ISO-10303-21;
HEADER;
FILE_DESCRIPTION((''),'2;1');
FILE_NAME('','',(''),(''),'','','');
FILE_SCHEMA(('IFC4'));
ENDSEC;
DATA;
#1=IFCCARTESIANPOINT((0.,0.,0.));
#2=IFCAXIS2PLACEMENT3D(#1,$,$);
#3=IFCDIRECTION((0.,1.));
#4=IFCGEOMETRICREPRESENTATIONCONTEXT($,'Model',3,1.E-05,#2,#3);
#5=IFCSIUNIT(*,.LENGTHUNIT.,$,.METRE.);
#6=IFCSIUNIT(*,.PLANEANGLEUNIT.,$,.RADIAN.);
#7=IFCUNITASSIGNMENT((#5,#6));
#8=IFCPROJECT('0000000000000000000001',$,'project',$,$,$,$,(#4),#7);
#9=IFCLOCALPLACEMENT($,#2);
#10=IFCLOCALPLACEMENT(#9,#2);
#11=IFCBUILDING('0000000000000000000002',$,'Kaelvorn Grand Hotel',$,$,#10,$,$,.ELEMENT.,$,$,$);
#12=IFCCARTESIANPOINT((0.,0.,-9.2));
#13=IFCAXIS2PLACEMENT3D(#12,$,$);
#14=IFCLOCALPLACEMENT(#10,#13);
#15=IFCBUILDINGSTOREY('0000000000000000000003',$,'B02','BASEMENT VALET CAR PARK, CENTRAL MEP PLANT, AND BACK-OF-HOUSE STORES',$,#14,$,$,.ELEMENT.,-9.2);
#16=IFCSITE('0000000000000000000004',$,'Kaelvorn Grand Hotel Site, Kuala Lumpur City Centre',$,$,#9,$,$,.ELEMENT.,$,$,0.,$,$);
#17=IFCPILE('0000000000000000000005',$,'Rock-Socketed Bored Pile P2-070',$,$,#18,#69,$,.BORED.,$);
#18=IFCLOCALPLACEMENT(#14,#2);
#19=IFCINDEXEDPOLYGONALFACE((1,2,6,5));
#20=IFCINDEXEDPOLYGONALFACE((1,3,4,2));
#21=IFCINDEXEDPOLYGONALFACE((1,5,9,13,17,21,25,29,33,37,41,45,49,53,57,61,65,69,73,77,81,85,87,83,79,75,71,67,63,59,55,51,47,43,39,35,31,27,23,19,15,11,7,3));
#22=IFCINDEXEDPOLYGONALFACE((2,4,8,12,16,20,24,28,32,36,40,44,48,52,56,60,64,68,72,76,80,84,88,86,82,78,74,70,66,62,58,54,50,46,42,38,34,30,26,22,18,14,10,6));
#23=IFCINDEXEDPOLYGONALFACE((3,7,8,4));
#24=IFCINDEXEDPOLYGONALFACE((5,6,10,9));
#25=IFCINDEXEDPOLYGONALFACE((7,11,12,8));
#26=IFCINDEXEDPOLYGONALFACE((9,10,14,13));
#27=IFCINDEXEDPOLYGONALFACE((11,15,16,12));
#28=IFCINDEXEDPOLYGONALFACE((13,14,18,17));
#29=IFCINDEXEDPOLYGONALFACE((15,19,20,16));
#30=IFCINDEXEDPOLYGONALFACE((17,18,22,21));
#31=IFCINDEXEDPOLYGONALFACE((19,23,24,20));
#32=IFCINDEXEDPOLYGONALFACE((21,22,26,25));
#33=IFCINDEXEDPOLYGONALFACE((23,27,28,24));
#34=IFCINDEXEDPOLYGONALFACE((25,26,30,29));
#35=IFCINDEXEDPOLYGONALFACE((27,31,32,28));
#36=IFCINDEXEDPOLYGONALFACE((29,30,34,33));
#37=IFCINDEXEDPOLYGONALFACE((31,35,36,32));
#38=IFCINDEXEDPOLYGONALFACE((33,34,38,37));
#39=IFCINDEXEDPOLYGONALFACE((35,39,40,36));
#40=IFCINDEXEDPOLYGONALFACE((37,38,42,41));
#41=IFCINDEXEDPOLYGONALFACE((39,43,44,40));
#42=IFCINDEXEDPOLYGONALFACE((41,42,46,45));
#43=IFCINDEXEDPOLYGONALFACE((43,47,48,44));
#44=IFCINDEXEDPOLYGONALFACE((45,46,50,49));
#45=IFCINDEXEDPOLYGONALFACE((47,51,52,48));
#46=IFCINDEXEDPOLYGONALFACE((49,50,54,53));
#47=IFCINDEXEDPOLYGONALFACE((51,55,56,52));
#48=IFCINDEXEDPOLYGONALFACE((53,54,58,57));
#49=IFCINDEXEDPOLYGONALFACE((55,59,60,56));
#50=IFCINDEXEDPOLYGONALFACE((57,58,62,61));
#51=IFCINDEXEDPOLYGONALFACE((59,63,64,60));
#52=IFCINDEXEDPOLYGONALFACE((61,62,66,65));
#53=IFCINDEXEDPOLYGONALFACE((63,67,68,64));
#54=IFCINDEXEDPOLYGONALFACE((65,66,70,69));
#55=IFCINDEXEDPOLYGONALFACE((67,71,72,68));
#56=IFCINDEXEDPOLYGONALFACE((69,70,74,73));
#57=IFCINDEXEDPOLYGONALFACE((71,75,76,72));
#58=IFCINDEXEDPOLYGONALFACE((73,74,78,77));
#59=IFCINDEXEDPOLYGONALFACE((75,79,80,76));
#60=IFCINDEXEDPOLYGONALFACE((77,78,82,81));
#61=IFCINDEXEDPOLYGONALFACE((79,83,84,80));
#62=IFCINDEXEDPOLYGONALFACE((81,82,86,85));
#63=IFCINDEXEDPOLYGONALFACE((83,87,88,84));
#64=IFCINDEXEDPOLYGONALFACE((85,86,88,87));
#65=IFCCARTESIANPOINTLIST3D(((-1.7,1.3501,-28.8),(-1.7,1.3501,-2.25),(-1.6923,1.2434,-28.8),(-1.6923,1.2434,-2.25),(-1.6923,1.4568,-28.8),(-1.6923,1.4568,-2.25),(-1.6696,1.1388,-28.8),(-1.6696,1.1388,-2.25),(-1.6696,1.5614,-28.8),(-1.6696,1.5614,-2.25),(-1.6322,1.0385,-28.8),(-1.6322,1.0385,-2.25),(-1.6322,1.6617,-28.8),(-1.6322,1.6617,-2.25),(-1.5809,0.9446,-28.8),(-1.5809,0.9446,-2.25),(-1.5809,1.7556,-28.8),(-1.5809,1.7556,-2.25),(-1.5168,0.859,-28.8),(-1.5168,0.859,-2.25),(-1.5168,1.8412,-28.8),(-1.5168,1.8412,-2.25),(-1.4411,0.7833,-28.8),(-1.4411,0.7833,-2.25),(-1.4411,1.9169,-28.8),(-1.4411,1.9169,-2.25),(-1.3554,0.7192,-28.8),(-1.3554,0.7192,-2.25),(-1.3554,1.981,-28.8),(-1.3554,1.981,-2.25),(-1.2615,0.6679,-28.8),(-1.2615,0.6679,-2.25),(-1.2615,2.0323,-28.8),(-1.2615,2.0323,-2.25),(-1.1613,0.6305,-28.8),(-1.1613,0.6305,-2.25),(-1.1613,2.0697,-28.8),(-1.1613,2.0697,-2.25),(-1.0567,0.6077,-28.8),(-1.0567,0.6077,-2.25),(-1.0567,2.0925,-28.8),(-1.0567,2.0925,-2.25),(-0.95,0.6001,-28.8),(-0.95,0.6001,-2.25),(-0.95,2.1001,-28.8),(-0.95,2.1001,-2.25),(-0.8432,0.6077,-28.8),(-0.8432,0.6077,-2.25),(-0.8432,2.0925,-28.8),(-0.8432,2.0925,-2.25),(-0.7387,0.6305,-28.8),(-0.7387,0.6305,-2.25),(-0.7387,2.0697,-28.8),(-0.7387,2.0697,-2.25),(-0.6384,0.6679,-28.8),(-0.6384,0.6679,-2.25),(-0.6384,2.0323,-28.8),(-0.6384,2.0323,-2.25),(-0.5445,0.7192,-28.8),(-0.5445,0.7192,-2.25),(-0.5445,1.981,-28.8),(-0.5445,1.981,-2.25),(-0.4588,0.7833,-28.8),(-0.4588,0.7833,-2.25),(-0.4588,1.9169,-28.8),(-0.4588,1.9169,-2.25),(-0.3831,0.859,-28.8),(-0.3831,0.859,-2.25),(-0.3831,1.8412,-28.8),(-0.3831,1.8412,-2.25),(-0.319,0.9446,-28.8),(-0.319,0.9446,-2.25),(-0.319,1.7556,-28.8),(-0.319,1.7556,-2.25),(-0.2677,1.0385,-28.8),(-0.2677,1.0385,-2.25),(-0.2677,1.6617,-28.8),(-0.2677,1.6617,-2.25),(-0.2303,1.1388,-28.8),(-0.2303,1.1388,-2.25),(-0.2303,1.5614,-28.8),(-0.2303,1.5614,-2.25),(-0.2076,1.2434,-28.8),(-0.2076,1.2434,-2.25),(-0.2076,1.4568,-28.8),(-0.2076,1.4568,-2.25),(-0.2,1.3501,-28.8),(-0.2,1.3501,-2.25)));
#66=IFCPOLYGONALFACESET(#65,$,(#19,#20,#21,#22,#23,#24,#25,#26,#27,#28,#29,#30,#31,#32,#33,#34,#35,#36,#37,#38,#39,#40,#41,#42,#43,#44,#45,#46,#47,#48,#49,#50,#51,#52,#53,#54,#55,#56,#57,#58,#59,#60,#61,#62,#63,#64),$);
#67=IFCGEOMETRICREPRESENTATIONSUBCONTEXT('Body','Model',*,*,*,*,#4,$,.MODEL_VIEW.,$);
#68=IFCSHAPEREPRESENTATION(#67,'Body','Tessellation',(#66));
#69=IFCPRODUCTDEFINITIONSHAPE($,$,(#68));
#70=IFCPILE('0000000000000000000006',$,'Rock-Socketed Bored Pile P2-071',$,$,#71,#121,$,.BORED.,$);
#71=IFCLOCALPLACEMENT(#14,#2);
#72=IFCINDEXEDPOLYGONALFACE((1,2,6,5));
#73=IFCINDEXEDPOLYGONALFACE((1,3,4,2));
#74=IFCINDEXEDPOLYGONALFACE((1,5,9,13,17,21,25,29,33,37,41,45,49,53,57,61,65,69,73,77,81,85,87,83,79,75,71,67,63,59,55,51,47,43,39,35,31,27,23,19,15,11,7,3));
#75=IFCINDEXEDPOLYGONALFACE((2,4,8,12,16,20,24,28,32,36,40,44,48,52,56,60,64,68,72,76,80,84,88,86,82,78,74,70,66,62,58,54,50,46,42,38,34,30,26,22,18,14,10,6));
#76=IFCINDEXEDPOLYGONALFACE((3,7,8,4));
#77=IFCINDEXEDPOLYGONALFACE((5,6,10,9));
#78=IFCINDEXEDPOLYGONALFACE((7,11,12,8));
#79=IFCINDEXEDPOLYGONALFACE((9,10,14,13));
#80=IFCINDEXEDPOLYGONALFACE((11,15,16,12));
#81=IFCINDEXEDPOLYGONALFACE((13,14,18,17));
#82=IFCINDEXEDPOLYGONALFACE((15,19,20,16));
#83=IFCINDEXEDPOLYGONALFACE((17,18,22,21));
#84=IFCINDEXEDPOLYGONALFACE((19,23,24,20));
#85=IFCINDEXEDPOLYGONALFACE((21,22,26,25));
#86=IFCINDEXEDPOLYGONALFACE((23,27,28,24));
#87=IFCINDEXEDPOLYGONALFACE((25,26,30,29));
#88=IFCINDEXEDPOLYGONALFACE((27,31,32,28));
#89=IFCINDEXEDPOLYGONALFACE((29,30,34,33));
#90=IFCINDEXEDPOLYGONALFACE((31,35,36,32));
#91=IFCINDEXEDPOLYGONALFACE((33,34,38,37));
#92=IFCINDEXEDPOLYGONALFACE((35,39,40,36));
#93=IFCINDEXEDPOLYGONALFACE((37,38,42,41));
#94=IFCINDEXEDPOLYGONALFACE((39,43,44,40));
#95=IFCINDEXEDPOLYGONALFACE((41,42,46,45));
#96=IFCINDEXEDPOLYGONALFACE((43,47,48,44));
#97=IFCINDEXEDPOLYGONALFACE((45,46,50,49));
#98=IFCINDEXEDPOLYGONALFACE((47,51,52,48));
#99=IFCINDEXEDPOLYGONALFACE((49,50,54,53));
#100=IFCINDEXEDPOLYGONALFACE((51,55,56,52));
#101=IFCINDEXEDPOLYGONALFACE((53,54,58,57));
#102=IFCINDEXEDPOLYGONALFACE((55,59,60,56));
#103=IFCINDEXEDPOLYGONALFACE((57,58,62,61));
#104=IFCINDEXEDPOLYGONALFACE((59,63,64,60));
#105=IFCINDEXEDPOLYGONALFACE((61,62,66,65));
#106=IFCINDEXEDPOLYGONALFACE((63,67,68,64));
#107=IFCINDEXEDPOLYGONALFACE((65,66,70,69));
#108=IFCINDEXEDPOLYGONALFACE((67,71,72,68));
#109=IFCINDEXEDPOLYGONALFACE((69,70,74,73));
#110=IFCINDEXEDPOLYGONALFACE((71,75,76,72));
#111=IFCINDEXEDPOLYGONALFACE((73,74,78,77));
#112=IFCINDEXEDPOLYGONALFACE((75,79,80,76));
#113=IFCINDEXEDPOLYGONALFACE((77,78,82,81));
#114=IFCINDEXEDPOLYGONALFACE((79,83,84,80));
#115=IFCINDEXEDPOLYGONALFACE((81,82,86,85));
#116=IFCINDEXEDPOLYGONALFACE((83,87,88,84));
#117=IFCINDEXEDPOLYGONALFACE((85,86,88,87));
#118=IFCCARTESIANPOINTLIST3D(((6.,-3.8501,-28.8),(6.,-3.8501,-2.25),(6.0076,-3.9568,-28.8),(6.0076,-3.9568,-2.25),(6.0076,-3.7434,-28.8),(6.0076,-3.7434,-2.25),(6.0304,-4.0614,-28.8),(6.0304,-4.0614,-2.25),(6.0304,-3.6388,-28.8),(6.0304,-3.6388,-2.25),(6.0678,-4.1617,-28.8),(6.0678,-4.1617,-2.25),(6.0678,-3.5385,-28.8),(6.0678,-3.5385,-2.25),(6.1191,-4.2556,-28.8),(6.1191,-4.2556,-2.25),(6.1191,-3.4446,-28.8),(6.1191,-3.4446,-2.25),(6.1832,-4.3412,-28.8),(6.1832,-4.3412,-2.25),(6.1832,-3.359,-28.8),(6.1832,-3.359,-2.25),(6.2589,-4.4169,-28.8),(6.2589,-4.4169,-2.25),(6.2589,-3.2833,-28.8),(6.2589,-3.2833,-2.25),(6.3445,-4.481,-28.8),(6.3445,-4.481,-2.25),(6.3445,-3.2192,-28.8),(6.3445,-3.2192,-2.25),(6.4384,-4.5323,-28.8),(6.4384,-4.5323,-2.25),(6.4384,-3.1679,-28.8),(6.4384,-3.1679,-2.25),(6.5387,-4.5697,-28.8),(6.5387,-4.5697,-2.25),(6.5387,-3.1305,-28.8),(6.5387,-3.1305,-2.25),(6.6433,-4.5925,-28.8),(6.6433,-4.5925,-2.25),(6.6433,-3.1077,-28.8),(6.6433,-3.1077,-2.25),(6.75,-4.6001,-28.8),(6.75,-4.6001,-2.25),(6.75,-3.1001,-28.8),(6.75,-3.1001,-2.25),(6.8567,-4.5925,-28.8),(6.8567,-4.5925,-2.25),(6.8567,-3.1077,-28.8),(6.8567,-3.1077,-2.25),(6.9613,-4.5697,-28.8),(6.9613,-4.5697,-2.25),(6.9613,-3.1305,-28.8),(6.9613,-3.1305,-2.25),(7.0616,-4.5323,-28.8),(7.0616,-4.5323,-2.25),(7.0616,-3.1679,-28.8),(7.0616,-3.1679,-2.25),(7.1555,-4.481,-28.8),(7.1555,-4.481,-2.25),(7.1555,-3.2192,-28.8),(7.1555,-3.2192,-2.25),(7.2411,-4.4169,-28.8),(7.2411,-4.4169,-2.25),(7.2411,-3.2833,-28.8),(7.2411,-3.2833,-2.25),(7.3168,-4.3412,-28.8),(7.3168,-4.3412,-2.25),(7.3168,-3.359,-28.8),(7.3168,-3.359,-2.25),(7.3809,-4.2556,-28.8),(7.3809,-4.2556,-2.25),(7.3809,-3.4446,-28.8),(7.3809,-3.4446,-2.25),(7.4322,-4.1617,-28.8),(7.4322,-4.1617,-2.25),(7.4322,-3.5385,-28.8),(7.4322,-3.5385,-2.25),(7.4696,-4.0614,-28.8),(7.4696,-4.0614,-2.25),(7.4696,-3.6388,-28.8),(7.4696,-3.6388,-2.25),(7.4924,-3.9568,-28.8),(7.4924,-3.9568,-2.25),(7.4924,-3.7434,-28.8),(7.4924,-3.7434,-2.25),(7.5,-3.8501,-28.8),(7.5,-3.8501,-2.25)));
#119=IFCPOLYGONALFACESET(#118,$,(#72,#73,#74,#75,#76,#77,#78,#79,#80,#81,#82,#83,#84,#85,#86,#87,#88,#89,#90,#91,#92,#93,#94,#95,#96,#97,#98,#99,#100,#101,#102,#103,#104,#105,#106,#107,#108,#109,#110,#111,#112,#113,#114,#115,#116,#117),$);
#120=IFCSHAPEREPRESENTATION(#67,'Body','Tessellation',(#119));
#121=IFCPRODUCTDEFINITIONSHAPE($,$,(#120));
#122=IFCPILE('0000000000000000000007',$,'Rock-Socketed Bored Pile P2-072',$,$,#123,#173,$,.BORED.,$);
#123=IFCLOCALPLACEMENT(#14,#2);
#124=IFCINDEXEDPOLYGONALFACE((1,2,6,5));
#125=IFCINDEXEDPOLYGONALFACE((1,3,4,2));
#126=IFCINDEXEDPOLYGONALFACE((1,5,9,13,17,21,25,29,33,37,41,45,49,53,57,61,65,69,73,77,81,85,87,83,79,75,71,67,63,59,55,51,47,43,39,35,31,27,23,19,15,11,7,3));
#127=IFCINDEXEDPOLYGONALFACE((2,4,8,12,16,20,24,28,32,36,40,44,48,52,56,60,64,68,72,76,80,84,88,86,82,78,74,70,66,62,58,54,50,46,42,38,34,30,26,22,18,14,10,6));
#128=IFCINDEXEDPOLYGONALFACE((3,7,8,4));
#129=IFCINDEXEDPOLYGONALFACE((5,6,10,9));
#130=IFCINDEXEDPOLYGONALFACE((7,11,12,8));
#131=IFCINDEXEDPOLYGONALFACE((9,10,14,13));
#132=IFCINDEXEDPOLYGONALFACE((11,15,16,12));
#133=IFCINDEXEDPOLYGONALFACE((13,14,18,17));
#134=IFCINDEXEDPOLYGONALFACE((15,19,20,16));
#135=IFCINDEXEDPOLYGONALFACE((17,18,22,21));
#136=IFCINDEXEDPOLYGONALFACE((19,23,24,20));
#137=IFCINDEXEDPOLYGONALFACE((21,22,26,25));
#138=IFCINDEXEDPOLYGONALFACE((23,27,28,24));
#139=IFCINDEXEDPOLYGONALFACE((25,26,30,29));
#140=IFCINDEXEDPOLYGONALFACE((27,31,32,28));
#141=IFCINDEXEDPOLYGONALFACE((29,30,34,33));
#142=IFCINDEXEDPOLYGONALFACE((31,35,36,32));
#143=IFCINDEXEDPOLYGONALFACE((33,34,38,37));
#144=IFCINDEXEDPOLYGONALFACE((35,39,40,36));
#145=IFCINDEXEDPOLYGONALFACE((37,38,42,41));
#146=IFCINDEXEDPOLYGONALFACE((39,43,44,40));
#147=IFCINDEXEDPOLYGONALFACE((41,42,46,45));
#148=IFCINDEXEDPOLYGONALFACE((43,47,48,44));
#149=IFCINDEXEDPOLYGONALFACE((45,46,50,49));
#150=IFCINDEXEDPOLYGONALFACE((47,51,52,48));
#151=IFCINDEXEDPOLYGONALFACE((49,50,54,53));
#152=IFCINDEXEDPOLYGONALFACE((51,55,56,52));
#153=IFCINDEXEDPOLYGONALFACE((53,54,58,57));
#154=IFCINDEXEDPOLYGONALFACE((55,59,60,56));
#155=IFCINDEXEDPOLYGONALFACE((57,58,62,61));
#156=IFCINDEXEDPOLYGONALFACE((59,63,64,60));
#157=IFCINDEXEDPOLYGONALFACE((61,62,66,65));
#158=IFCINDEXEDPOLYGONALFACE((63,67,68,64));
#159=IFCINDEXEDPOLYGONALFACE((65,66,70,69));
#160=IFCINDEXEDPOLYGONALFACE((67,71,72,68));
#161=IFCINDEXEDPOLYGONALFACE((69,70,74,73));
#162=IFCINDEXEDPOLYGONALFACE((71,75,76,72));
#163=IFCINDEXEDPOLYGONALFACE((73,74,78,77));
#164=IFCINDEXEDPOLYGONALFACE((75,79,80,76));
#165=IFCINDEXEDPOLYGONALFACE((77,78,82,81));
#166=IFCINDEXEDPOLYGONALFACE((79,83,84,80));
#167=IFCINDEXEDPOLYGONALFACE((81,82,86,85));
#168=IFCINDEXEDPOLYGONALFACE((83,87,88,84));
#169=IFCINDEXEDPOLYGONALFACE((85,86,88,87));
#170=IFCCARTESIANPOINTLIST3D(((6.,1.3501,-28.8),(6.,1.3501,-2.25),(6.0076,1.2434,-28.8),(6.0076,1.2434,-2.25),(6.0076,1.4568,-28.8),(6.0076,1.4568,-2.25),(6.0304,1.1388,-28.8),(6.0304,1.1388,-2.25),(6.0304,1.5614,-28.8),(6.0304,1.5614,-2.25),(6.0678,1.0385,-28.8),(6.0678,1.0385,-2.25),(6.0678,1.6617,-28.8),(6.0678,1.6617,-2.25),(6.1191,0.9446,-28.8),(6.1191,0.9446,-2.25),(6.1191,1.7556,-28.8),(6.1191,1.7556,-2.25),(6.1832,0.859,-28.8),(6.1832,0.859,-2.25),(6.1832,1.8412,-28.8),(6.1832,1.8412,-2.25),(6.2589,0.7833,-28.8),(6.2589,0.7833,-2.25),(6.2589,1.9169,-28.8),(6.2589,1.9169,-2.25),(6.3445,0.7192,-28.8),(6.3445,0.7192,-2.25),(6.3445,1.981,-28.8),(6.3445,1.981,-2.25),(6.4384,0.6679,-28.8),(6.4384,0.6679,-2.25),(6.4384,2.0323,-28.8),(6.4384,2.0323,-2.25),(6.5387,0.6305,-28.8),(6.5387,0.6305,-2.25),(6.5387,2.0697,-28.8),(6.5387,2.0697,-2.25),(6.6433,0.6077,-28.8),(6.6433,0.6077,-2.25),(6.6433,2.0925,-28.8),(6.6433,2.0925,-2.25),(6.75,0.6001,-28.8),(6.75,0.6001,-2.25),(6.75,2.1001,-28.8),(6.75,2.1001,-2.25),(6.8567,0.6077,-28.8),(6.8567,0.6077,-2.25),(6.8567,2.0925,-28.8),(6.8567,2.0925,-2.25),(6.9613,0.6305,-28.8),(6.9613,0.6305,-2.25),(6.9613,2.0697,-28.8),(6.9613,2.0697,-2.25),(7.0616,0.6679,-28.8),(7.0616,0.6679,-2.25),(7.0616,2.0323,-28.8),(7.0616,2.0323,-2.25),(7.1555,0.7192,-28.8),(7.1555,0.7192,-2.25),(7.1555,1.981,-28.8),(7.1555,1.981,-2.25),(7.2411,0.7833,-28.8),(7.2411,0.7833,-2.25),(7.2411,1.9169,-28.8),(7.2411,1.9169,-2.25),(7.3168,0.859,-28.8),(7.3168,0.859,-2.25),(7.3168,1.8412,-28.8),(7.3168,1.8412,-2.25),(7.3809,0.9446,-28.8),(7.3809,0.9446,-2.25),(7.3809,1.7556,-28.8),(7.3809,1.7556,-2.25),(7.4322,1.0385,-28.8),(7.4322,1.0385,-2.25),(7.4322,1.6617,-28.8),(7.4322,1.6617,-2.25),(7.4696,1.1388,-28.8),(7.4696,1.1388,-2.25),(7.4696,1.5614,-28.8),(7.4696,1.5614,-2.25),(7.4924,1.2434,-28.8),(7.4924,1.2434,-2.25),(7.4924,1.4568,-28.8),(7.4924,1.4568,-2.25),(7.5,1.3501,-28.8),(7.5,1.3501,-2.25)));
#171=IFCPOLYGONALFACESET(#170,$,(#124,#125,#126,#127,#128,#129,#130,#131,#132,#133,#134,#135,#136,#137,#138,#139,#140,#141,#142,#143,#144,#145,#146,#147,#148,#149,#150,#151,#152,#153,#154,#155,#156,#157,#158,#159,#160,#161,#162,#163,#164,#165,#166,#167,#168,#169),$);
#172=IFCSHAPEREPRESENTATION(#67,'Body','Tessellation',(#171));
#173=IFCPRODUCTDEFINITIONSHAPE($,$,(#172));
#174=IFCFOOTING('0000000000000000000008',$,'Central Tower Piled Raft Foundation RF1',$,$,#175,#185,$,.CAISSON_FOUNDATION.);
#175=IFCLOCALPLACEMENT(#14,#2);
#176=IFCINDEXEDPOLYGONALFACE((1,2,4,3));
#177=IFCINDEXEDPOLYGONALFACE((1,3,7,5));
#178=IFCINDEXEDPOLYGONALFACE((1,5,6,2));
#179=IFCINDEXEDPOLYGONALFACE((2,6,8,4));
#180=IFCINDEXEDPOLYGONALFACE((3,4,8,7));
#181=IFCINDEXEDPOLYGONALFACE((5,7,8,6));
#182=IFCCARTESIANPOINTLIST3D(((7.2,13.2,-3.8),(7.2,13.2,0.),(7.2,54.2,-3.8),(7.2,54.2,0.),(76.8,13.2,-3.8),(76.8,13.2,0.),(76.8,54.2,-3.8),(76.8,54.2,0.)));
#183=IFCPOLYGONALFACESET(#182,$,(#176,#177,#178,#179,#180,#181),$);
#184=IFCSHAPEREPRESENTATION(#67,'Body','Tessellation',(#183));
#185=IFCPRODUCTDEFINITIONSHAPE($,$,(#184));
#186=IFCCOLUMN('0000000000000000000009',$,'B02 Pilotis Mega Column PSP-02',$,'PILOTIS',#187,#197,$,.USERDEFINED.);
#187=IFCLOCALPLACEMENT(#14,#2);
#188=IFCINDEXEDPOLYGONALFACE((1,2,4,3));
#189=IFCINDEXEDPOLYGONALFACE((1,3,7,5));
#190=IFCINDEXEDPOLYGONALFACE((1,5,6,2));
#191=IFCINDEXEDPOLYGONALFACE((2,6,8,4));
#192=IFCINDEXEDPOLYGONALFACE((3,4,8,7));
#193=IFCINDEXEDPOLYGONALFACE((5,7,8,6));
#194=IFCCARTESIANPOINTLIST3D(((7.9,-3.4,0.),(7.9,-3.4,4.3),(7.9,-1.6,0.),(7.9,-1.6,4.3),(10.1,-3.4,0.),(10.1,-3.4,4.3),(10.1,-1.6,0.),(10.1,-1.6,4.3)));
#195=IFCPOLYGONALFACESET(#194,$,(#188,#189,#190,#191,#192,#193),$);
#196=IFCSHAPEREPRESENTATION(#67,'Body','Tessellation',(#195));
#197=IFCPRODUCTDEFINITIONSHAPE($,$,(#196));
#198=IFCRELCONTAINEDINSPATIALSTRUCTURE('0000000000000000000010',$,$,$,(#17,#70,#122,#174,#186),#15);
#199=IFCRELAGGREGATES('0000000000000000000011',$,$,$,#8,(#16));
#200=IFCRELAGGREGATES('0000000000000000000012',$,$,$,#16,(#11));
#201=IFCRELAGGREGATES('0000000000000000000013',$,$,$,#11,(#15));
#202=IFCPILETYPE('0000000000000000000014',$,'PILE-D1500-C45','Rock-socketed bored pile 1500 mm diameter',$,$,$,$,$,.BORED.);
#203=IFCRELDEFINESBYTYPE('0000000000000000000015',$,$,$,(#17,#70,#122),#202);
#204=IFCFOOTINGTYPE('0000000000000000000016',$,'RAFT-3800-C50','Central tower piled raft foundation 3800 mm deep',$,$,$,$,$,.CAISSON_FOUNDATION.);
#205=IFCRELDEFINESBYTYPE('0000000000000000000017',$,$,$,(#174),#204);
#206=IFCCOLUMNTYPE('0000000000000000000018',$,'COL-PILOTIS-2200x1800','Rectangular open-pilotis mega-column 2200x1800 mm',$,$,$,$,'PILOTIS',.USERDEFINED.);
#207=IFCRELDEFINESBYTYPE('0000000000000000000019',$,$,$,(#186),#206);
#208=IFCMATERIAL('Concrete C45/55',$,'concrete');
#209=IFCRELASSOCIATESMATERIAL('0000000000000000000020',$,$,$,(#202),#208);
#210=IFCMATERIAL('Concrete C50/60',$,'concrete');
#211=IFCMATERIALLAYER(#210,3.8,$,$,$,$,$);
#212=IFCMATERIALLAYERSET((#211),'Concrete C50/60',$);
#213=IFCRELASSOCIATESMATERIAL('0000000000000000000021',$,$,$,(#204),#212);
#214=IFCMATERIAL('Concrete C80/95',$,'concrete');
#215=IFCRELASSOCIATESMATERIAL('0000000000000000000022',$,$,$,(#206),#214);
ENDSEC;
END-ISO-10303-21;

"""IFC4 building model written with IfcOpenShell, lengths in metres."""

from ifc_helpers import new_model, si_unit, direction, frame, origin, origin_2d, place, context, subcontext, project, spatial, polyline, rectangle, circle, outline, extrude, material, layer, layer_set, material_profile, profile_set, type_object, element, save


model = new_model("IFC4")

# Units and contexts
model_context = context("Model", 3, precision=1e-05, world=origin(), true_north=direction((0.0, 1.0)))
body_context = subcontext(model_context, "Body", "Model", "MODEL_VIEW")
ifc_project = project(units=[si_unit("LENGTHUNIT", "METRE"), si_unit("PLANEANGLEUNIT", "RADIAN")], contexts=[model_context])

# Site, building, storey
site_placement = place(None, origin())
site = spatial("IfcSite", under=ifc_project, at=site_placement, Name="Kaelvorn Grand Hotel Site, Kuala Lumpur City Centre", CompositionType="ELEMENT", RefElevation=0.0)
building_placement = place(site_placement, origin())
building = spatial("IfcBuilding", under=site, at=building_placement, Name="Kaelvorn Grand Hotel", CompositionType="ELEMENT")
storey_placement = place(building_placement, frame((0.0, 0.0, -9.2)))
storey = spatial("IfcBuildingStorey", under=building, at=storey_placement, Name="B02", Description="BASEMENT VALET CAR PARK, CENTRAL MEP PLANT, AND BACK-OF-HOUSE STORES", CompositionType="ELEMENT", Elevation=-9.2)

# Shared definitions
ifc_material_1 = material(Name="Concrete C50/60", Category="concrete")

# Piles
ifc_material_2 = material(Name="Concrete C45/55", Category="concrete")
ifc_material_profile_1 = material_profile(ifc_material_2, circle(Radius=0.75, at=origin_2d()), Name="BORED PILE D1500")
ifc_profile_set_1 = profile_set([ifc_material_profile_1], Name="Concrete C45/55")
pile_type = type_object("IfcPileType", Name="PILE-D1500-C45", Description="Rock-socketed bored pile 1500 mm diameter", PredefinedType="BORED", material=ifc_profile_set_1)
for number, where, z_axis, x_axis, name in (
    (1, (-0.95, 1.3501, -2.25), (0.0, 0.0, -1.0), (1.0, 0.0, 0.0), "Rock-Socketed Bored Pile P2-070"),
    (2, (6.75, -3.8501, -2.25), (0.0, 0.0, -1.0), (1.0, 0.0, 0.0), "Rock-Socketed Bored Pile P2-071"),
    (3, (6.75, 1.3501, -2.25), (0.0, 0.0, -1.0), (1.0, 0.0, 0.0), "Rock-Socketed Bored Pile P2-072"),
):
    element("IfcPile", number, at=place(storey_placement, frame(where, z_axis=z_axis, x_axis=x_axis)), inside=storey, type_object=pile_type, Name=name, PredefinedType="BORED", context=body_context, shape_type="SweptSolid", body=[
        extrude(circle(Radius=0.75, at=origin_2d()), origin(), (0.0, 0.0, 1.0), 26.55),
    ])

# Footing
ifc_layer_1 = layer(ifc_material_1, 3.8)
ifc_layer_set_1 = layer_set([ifc_layer_1], Name="Concrete C50/60")
footing_type_1 = type_object("IfcFootingType", Name="RAFT-3800-C50", Description="Central tower piled raft foundation 3800 mm deep", PredefinedType="CAISSON_FOUNDATION", material=ifc_layer_set_1)
footing_1_placement = place(storey_placement, frame((0.0, 0.0, -3.8)))
element("IfcFooting", 4, at=footing_1_placement, inside=storey, type_object=footing_type_1, Name="Central Tower Piled Raft Foundation RF1", PredefinedType="CAISSON_FOUNDATION", context=body_context, shape_type="SweptSolid", body=[
    extrude(outline(polyline([(7.2, 13.2), (76.8, 13.2), (76.8, 54.2), (7.2, 54.2), (7.2, 13.2)])), origin(), (0.0, 0.0, 1.0), 3.8),
])

# Column
ifc_material_3 = material(Name="Concrete C80/95", Category="concrete")
ifc_material_profile_2 = material_profile(ifc_material_3, rectangle(XDim=2.2, YDim=1.8, at=origin_2d()), Name="PILOTIS 2200x1800")
ifc_profile_set_2 = profile_set([ifc_material_profile_2], Name="Concrete C80/95")
column_type_1 = type_object("IfcColumnType", Name="COL-PILOTIS-2200x1800", Description="Rectangular open-pilotis mega-column 2200x1800 mm", ElementType="PILOTIS", PredefinedType="USERDEFINED", material=ifc_profile_set_2)
column_placement = place(storey_placement, frame((9.0, -2.5, 0.0), z_axis=(0.0, 0.0, 1.0), x_axis=(1.0, 0.0, 0.0)))
element("IfcColumn", 5, at=column_placement, inside=storey, type_object=column_type_1, Name="B02 Pilotis Mega Column PSP-02", ObjectType="PILOTIS", PredefinedType="USERDEFINED", context=body_context, shape_type="SweptSolid", body=[
    extrude(rectangle(XDim=2.2, YDim=1.8, at=origin_2d()), origin(), (0.0, 0.0, 1.0), 4.3),
])

save(model, "model.ifc")
